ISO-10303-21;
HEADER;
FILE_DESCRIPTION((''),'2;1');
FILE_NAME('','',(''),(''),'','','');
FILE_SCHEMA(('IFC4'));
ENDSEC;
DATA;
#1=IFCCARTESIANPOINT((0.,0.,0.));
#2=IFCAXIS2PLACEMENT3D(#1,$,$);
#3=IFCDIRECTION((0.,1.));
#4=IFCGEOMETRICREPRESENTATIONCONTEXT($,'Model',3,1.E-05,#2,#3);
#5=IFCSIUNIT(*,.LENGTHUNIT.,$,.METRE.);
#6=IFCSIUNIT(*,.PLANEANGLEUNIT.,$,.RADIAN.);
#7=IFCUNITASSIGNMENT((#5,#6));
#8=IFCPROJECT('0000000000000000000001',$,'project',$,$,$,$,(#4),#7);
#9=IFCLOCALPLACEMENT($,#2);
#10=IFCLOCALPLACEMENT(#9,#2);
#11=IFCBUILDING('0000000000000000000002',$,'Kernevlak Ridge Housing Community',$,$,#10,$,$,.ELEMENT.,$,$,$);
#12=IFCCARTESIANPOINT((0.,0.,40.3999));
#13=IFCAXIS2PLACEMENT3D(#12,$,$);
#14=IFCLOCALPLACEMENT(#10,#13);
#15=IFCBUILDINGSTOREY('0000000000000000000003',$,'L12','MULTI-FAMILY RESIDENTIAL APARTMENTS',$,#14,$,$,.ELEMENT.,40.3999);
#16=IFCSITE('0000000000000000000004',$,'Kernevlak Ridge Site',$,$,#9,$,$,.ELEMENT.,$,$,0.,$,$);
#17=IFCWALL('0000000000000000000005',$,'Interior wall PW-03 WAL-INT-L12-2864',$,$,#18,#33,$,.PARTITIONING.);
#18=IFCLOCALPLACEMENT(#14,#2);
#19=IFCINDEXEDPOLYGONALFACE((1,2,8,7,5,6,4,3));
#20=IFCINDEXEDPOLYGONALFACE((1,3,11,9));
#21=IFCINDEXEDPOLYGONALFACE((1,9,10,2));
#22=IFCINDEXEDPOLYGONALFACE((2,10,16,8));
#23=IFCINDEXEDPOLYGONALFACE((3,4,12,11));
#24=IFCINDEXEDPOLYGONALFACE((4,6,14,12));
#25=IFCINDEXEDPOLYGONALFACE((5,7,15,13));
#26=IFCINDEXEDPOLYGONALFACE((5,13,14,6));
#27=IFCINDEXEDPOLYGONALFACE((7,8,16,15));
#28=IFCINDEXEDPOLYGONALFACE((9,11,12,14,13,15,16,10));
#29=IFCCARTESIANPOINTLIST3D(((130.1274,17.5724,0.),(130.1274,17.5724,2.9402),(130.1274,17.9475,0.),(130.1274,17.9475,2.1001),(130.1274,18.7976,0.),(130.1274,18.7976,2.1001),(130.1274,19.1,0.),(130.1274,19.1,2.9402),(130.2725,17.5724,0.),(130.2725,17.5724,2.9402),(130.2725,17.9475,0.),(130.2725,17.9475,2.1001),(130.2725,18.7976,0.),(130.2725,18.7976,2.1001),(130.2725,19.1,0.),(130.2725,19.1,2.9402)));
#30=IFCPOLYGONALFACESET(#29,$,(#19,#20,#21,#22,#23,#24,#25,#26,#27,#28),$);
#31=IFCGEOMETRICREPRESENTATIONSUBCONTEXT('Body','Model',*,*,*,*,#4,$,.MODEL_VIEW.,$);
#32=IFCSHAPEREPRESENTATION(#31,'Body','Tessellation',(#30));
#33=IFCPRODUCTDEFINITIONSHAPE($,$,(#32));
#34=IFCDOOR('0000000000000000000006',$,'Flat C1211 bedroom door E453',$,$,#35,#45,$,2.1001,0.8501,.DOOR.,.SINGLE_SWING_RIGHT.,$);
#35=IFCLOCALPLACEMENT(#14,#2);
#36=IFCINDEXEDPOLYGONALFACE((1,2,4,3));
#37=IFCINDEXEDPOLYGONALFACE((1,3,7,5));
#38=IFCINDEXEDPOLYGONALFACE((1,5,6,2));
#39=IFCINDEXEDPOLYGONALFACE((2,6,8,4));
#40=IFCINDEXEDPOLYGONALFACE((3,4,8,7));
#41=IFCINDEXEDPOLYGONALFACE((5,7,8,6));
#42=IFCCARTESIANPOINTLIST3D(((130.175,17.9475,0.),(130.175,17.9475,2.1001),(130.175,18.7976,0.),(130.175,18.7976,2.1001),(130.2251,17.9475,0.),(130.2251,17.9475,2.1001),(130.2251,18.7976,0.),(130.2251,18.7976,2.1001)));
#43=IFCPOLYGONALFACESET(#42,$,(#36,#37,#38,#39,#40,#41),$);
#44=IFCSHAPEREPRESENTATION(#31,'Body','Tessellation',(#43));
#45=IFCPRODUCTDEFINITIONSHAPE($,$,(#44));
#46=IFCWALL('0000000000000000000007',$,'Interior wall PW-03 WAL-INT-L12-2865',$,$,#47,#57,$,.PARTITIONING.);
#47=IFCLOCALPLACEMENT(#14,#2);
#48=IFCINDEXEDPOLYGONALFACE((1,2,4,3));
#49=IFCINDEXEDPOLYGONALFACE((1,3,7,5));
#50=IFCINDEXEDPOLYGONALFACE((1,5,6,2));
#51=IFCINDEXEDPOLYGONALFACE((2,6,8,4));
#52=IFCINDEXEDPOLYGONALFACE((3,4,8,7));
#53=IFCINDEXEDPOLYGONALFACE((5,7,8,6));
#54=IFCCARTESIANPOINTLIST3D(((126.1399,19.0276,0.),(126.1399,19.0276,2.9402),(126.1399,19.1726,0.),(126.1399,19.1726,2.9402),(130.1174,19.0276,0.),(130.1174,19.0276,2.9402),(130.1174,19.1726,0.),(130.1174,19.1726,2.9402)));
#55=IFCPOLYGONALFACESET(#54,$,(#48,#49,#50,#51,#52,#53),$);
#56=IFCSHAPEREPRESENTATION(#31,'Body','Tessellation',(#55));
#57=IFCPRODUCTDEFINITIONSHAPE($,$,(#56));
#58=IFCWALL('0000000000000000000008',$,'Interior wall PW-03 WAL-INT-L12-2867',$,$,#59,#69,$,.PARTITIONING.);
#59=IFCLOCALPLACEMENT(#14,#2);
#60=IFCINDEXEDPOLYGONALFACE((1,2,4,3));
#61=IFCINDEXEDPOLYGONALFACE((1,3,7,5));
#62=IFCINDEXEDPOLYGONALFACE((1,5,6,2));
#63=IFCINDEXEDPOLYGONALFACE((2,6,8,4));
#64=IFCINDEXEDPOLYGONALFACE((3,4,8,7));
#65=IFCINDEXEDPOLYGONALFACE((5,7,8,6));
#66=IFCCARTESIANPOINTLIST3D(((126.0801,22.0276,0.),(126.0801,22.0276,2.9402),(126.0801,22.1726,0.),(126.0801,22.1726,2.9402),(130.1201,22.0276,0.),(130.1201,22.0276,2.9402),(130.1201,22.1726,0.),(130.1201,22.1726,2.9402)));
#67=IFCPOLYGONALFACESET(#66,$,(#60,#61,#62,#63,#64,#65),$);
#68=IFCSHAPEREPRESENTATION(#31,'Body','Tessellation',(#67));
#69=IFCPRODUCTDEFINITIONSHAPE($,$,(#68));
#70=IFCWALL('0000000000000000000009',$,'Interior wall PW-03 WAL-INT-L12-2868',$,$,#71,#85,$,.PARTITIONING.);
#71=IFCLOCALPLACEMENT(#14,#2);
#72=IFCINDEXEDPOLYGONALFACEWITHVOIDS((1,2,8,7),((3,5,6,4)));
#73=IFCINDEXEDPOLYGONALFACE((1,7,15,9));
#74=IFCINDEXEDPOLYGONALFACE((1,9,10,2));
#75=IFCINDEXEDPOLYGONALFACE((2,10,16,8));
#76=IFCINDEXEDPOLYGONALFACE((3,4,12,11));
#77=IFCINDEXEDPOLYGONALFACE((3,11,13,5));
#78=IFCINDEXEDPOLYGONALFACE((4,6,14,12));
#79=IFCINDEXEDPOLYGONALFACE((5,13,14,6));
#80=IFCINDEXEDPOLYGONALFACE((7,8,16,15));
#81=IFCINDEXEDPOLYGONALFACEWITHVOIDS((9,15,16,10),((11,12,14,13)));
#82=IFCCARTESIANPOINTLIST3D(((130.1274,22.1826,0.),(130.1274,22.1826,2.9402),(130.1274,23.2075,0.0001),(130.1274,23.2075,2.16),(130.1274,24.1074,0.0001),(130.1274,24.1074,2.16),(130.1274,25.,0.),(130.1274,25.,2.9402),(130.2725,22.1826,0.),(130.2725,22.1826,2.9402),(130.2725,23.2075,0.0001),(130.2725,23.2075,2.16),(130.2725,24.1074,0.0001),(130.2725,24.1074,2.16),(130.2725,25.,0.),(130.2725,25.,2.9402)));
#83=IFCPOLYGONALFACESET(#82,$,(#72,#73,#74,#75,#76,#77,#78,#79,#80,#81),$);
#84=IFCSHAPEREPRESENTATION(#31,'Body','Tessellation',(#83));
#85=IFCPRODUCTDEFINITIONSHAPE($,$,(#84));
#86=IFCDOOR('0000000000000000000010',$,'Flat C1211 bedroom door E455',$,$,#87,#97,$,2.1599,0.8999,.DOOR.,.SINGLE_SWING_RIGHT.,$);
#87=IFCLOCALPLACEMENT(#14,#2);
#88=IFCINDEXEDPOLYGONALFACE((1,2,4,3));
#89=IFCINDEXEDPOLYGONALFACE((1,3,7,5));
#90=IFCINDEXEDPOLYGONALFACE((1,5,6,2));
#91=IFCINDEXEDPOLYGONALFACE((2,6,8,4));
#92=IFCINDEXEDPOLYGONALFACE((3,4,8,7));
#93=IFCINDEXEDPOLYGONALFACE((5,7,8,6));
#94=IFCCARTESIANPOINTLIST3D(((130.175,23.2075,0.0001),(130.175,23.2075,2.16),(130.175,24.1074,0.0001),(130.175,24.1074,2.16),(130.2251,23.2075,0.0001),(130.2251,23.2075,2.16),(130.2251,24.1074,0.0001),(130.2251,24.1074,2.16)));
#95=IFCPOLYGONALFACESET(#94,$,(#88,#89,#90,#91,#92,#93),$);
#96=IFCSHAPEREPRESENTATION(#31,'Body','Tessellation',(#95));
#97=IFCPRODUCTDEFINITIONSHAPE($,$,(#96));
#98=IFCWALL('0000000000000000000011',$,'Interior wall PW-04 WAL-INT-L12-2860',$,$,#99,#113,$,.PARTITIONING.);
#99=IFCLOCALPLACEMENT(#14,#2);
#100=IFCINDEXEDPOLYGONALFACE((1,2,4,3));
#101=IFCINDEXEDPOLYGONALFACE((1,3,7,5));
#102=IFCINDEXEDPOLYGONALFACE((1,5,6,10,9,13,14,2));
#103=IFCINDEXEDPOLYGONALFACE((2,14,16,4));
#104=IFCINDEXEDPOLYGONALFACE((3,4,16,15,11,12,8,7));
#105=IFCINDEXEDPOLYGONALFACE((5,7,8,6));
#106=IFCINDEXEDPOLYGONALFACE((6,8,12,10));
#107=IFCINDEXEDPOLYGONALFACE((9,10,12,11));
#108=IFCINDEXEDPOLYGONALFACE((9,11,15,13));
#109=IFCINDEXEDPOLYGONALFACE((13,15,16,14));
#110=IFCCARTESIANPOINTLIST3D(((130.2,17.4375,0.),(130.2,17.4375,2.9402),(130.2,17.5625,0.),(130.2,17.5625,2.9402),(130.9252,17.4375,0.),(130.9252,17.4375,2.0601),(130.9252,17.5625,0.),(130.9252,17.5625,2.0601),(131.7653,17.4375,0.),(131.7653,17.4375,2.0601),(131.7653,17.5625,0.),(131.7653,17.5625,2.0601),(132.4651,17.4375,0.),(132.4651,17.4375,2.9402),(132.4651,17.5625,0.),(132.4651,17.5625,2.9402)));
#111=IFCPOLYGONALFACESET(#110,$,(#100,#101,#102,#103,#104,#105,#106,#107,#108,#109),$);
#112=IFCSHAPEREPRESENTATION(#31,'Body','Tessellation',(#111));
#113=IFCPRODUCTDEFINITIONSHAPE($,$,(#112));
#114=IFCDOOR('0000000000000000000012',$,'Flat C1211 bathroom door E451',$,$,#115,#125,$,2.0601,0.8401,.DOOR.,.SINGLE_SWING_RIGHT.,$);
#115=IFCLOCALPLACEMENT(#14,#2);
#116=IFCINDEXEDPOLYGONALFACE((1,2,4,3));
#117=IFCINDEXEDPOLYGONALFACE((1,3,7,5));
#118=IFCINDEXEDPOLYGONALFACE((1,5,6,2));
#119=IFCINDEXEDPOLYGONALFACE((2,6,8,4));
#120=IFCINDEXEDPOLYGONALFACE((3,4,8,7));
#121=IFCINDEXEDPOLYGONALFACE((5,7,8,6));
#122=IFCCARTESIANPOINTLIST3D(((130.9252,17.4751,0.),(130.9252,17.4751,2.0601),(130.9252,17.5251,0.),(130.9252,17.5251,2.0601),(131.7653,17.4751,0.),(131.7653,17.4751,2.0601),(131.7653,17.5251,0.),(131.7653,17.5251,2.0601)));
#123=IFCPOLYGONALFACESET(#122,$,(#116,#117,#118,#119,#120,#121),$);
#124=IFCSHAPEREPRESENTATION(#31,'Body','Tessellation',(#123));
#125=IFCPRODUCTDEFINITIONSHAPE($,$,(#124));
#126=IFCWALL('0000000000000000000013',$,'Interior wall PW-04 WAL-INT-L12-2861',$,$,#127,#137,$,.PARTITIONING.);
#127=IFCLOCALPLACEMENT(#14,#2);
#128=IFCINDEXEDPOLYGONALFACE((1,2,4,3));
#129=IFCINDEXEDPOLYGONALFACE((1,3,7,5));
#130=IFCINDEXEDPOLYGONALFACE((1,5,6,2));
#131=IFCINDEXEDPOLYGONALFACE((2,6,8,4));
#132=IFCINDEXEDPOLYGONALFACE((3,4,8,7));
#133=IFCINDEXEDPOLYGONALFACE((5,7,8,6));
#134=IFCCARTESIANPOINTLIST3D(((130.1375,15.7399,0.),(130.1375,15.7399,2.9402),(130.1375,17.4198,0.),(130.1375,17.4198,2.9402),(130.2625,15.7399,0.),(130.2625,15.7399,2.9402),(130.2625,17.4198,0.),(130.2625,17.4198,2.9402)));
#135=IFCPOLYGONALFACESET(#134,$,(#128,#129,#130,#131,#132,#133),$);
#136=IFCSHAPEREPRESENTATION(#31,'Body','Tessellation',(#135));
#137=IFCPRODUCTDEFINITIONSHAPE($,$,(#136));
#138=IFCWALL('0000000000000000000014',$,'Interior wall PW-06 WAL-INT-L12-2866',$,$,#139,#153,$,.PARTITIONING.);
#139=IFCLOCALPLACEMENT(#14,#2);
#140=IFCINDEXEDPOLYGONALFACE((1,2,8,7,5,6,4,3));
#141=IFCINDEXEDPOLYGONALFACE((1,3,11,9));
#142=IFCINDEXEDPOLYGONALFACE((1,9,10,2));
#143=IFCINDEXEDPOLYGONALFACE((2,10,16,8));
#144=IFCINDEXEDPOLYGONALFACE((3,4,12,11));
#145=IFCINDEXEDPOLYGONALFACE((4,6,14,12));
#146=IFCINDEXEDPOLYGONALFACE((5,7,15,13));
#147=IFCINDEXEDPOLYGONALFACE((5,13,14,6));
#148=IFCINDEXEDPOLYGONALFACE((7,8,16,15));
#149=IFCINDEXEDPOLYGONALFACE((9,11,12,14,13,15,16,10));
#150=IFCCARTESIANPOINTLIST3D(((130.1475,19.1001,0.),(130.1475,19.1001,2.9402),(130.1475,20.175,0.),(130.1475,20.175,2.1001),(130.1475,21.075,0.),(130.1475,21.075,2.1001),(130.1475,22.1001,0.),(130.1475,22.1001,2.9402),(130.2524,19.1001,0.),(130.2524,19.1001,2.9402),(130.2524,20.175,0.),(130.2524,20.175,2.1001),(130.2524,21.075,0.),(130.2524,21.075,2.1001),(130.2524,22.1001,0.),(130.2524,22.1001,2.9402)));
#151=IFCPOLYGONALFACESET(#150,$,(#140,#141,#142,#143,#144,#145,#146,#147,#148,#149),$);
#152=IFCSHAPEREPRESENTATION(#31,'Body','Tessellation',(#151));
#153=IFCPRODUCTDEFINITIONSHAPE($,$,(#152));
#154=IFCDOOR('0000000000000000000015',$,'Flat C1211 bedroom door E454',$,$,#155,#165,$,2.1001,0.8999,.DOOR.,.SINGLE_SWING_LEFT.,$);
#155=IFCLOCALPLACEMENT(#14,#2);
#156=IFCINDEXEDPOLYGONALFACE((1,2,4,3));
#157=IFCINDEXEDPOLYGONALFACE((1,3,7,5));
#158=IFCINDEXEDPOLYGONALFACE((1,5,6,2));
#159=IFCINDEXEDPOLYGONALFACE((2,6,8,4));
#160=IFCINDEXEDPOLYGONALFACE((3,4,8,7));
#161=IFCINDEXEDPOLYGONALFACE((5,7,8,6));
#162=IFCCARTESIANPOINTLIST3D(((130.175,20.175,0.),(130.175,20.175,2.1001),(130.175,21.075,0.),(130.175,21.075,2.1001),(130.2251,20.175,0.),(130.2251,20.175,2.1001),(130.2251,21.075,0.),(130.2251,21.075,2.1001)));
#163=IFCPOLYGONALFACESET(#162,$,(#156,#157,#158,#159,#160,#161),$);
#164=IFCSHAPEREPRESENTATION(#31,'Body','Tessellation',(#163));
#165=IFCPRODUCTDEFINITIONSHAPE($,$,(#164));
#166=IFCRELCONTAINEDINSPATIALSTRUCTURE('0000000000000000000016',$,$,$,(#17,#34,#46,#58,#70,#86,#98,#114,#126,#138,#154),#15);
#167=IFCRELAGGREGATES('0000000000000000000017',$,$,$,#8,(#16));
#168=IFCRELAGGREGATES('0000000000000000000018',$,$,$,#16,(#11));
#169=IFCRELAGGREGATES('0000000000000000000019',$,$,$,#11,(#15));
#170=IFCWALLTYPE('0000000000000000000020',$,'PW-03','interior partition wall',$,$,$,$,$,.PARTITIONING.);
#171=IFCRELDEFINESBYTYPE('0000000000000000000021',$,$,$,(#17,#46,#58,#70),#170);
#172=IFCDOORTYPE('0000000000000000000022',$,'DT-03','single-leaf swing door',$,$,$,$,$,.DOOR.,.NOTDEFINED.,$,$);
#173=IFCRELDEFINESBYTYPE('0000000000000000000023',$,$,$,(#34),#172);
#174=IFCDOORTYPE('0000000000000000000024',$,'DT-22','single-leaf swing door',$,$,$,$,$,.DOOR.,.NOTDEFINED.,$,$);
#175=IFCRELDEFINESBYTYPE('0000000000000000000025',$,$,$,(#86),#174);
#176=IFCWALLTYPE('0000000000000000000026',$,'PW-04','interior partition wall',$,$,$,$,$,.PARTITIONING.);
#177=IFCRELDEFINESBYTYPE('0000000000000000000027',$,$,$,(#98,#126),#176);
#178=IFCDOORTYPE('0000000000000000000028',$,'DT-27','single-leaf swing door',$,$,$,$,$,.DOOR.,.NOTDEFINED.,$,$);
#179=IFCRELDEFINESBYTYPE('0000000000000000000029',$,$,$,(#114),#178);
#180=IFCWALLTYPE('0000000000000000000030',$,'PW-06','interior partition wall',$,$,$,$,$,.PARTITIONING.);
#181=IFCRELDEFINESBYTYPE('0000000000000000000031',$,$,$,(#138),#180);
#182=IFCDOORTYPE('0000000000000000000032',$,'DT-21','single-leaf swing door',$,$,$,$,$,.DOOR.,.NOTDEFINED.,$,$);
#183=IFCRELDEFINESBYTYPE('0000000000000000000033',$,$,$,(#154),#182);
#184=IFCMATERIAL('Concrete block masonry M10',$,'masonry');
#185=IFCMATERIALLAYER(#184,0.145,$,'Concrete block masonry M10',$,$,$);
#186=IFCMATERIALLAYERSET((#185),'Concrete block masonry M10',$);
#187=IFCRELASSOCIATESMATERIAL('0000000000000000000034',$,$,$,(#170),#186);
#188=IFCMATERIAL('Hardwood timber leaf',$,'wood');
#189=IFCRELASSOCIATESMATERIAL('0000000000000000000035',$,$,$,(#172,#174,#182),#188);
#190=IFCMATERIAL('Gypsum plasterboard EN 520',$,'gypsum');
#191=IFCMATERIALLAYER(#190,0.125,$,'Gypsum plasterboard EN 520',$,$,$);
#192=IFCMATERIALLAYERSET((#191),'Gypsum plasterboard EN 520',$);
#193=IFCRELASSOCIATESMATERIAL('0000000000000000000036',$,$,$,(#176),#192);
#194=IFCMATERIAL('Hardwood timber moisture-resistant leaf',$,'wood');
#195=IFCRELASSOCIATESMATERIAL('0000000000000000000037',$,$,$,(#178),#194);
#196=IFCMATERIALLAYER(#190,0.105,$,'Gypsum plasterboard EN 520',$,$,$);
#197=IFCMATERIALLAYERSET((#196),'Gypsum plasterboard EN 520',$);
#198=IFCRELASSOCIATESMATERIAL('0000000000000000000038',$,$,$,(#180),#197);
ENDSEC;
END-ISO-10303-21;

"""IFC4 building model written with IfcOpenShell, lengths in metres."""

from ifc_helpers import new_model, si_unit, direction, frame, frame_2d, origin, place, context, subcontext, project, spatial, rectangle, extrude, material, layer, layer_set, type_object, element, fill, save


model = new_model("IFC4")

# Units and contexts
model_context = context("Model", 3, precision=1e-05, world=origin(), true_north=direction((0.0, 1.0)))
body_context = subcontext(model_context, "Body", "Model", "MODEL_VIEW")
ifc_project = project(units=[si_unit("LENGTHUNIT", "METRE"), si_unit("PLANEANGLEUNIT", "RADIAN")], contexts=[model_context])

# Site, building, storey
site_placement = place(None, origin())
site = spatial("IfcSite", under=ifc_project, at=site_placement, Name="Kernevlak Ridge Site", CompositionType="ELEMENT", RefElevation=0.0)
building_placement = place(site_placement, origin())
building = spatial("IfcBuilding", under=site, at=building_placement, Name="Kernevlak Ridge Housing Community", CompositionType="ELEMENT")
storey_placement = place(building_placement, frame((0.0, 0.0, 40.3999)))
storey = spatial("IfcBuildingStorey", under=building, at=storey_placement, Name="L12", Description="MULTI-FAMILY RESIDENTIAL APARTMENTS", CompositionType="ELEMENT", Elevation=40.3999)

# Shared definitions
ifc_material_1 = material(Name="Concrete block masonry M10", Category="masonry")

# Wall, opening, door
ifc_layer_1 = layer(ifc_material_1, 0.145, Name="Concrete block masonry M10")
ifc_layer_set_1 = layer_set([ifc_layer_1], Name="Concrete block masonry M10")
wall_type_1 = type_object("IfcWallType", Name="PW-03", Description="interior partition wall", PredefinedType="PARTITIONING", material=ifc_layer_set_1)
wall_1_placement = place(storey_placement, frame((130.2, 17.5725, 0.0), z_axis=(0.0, 0.0, 1.0), x_axis=(0.0, 1.0, 0.0)))
wall_1 = element("IfcWall", 1, at=wall_1_placement, inside=storey, type_object=wall_type_1, Name="Interior wall PW-03 WAL-INT-L12-2864", PredefinedType="PARTITIONING", context=body_context, shape_type="SweptSolid", body=[
    extrude(rectangle(XDim=1.5276, YDim=0.145, at=frame_2d((0.7637, 0.0))), origin(), (0.0, 0.0, 1.0), 2.9402),
])
opening_1_placement = place(wall_1_placement, frame((0.375, 0.0, 0.0)))
opening_1 = element("IfcOpeningElement", 2, at=opening_1_placement, cuts=wall_1, PredefinedType="OPENING", context=body_context, shape_type="SweptSolid", body=[
    extrude(rectangle(XDim=0.8501, YDim=2.1001, at=frame_2d((0.425, 1.05))), frame((0.0, 0.0825, 0.0), z_axis=(0.0, -1.0, 0.0), x_axis=(1.0, 0.0, 0.0)), (0.0, 0.0, 1.0), 0.165),
])
ifc_material_2 = material(Name="Hardwood timber leaf", Category="wood")
door_type_1 = type_object("IfcDoorType", Name="DT-03", Description="single-leaf swing door", OperationType="NOTDEFINED", PredefinedType="DOOR", material=ifc_material_2)
door_1_placement = place(opening_1_placement, origin())
door_1 = element("IfcDoor", 3, at=door_1_placement, inside=storey, type_object=door_type_1, Name="Flat C1211 bedroom door E453", OperationType="SINGLE_SWING_RIGHT", OverallHeight=2.1001, OverallWidth=0.8501, PredefinedType="DOOR", context=body_context, shape_type="SweptSolid", body=[
    extrude(rectangle(XDim=0.8501, YDim=2.1001, at=frame_2d((0.425, 1.05))), frame((0.0, 0.0249, 0.0), z_axis=(0.0, -1.0, 0.0), x_axis=(1.0, 0.0, 0.0)), (0.0, 0.0, 1.0), 0.05),
])
fill(opening_1, door_1)

# Walls
wall_2_placement = place(storey_placement, frame((130.1174, 19.1001, 0.0), z_axis=(0.0, 0.0, 1.0), x_axis=(-1.0, 0.0, 0.0)))
element("IfcWall", 4, at=wall_2_placement, inside=storey, type_object=wall_type_1, Name="Interior wall PW-03 WAL-INT-L12-2865", PredefinedType="PARTITIONING", context=body_context, shape_type="SweptSolid", body=[
    extrude(rectangle(XDim=3.9775, YDim=0.145, at=frame_2d((1.9888, 0.0))), origin(), (0.0, 0.0, 1.0), 2.9402),
])
wall_3_placement = place(storey_placement, frame((130.1201, 22.1001, 0.0), z_axis=(0.0, 0.0, 1.0), x_axis=(-1.0, 0.0, 0.0)))
element("IfcWall", 5, at=wall_3_placement, inside=storey, type_object=wall_type_1, Name="Interior wall PW-03 WAL-INT-L12-2867", PredefinedType="PARTITIONING", context=body_context, shape_type="SweptSolid", body=[
    extrude(rectangle(XDim=4.04, YDim=0.145, at=frame_2d((2.02, 0.0))), origin(), (0.0, 0.0, 1.0), 2.9402),
])

# Walls, openings, doors
wall_4_placement = place(storey_placement, frame((130.2, 22.1826, 0.0), z_axis=(0.0, 0.0, 1.0), x_axis=(0.0, 1.0, 0.0)))
wall_4 = element("IfcWall", 6, at=wall_4_placement, inside=storey, type_object=wall_type_1, Name="Interior wall PW-03 WAL-INT-L12-2868", PredefinedType="PARTITIONING", context=body_context, shape_type="SweptSolid", body=[
    extrude(rectangle(XDim=2.8174, YDim=0.145, at=frame_2d((1.4087, 0.0))), origin(), (0.0, 0.0, 1.0), 2.9402),
])
opening_2_placement = place(wall_4_placement, frame((1.0249, 0.0, 0.0)))
opening_2 = element("IfcOpeningElement", 7, at=opening_2_placement, cuts=wall_4, PredefinedType="OPENING", context=body_context, shape_type="SweptSolid", body=[
    extrude(rectangle(XDim=0.8999, YDim=2.1599, at=frame_2d((0.45, 1.0801))), frame((0.0, 0.0825, 0.0), z_axis=(0.0, -1.0, 0.0), x_axis=(1.0, 0.0, 0.0)), (0.0, 0.0, 1.0), 0.165),
])
door_type_2 = type_object("IfcDoorType", Name="DT-22", Description="single-leaf swing door", OperationType="NOTDEFINED", PredefinedType="DOOR", material=ifc_material_2)
door_2_placement = place(opening_2_placement, origin())
door_2 = element("IfcDoor", 8, at=door_2_placement, inside=storey, type_object=door_type_2, Name="Flat C1211 bedroom door E455", OperationType="SINGLE_SWING_RIGHT", OverallHeight=2.1599, OverallWidth=0.8999, PredefinedType="DOOR", context=body_context, shape_type="SweptSolid", body=[
    extrude(rectangle(XDim=0.8999, YDim=2.1599, at=frame_2d((0.45, 1.0801))), frame((0.0, 0.0249, 0.0), z_axis=(0.0, -1.0, 0.0), x_axis=(1.0, 0.0, 0.0)), (0.0, 0.0, 1.0), 0.05),
])
fill(opening_2, door_2)
ifc_material_3 = material(Name="Gypsum plasterboard EN 520", Category="gypsum")
ifc_layer_2 = layer(ifc_material_3, 0.125, Name="Gypsum plasterboard EN 520")
ifc_layer_set_2 = layer_set([ifc_layer_2], Name="Gypsum plasterboard EN 520")
wall_type_2 = type_object("IfcWallType", Name="PW-04", Description="interior partition wall", PredefinedType="PARTITIONING", material=ifc_layer_set_2)
wall_5_placement = place(storey_placement, frame((132.4651, 17.5, 0.0), z_axis=(0.0, 0.0, 1.0), x_axis=(-1.0, 0.0, 0.0)))
wall_5 = element("IfcWall", 9, at=wall_5_placement, inside=storey, type_object=wall_type_2, Name="Interior wall PW-04 WAL-INT-L12-2860", PredefinedType="PARTITIONING", context=body_context, shape_type="SweptSolid", body=[
    extrude(rectangle(XDim=2.2651, YDim=0.125, at=frame_2d((1.1326, 0.0))), origin(), (0.0, 0.0, 1.0), 2.9402),
])
opening_3_placement = place(wall_5_placement, frame((0.7, 0.0, 0.0)))
opening_3 = element("IfcOpeningElement", 10, at=opening_3_placement, cuts=wall_5, PredefinedType="OPENING", context=body_context, shape_type="SweptSolid", body=[
    extrude(rectangle(XDim=0.8401, YDim=2.0601, at=frame_2d((0.4199, 1.03))), frame((0.0, 0.0725, 0.0), z_axis=(0.0, -1.0, 0.0), x_axis=(1.0, 0.0, 0.0)), (0.0, 0.0, 1.0), 0.145),
])
ifc_material_4 = material(Name="Hardwood timber moisture-resistant leaf", Category="wood")
door_type_3 = type_object("IfcDoorType", Name="DT-27", Description="single-leaf swing door", OperationType="NOTDEFINED", PredefinedType="DOOR", material=ifc_material_4)
door_3_placement = place(opening_3_placement, origin())
door_3 = element("IfcDoor", 11, at=door_3_placement, inside=storey, type_object=door_type_3, Name="Flat C1211 bathroom door E451", OperationType="SINGLE_SWING_RIGHT", OverallHeight=2.0601, OverallWidth=0.8401, PredefinedType="DOOR", context=body_context, shape_type="SweptSolid", body=[
    extrude(rectangle(XDim=0.8401, YDim=2.0601, at=frame_2d((0.4199, 1.03))), frame((0.0, 0.0249, 0.0), z_axis=(0.0, -1.0, 0.0), x_axis=(1.0, 0.0, 0.0)), (0.0, 0.0, 1.0), 0.05),
])
fill(opening_3, door_3)

# Wall
wall_6_placement = place(storey_placement, frame((130.2, 15.74, 0.0), z_axis=(0.0, 0.0, 1.0), x_axis=(0.0, 1.0, 0.0)))
element("IfcWall", 12, at=wall_6_placement, inside=storey, type_object=wall_type_2, Name="Interior wall PW-04 WAL-INT-L12-2861", PredefinedType="PARTITIONING", context=body_context, shape_type="SweptSolid", body=[
    extrude(rectangle(XDim=1.6799, YDim=0.125, at=frame_2d((0.8398, 0.0))), origin(), (0.0, 0.0, 1.0), 2.9402),
])

# Wall, opening, door
ifc_layer_3 = layer(ifc_material_3, 0.105, Name="Gypsum plasterboard EN 520")
ifc_layer_set_3 = layer_set([ifc_layer_3], Name="Gypsum plasterboard EN 520")
wall_type_3 = type_object("IfcWallType", Name="PW-06", Description="interior partition wall", PredefinedType="PARTITIONING", material=ifc_layer_set_3)
wall_7_placement = place(storey_placement, frame((130.2, 19.1001, 0.0), z_axis=(0.0, 0.0, 1.0), x_axis=(0.0, 1.0, 0.0)))
wall_7 = element("IfcWall", 13, at=wall_7_placement, inside=storey, type_object=wall_type_3, Name="Interior wall PW-06 WAL-INT-L12-2866", PredefinedType="PARTITIONING", context=body_context, shape_type="SweptSolid", body=[
    extrude(rectangle(XDim=3.0, YDim=0.105, at=frame_2d((1.5, 0.0))), origin(), (0.0, 0.0, 1.0), 2.9402),
])
opening_4_placement = place(wall_7_placement, frame((1.075, 0.0, 0.0)))
opening_4 = element("IfcOpeningElement", 14, at=opening_4_placement, cuts=wall_7, PredefinedType="OPENING", context=body_context, shape_type="SweptSolid", body=[
    extrude(rectangle(XDim=0.8999, YDim=2.1001, at=frame_2d((0.45, 1.05))), frame((0.0, 0.0625, 0.0), z_axis=(0.0, -1.0, 0.0), x_axis=(1.0, 0.0, 0.0)), (0.0, 0.0, 1.0), 0.125),
])
door_type_4 = type_object("IfcDoorType", Name="DT-21", Description="single-leaf swing door", OperationType="NOTDEFINED", PredefinedType="DOOR", material=ifc_material_2)
door_4_placement = place(opening_4_placement, origin())
door_4 = element("IfcDoor", 15, at=door_4_placement, inside=storey, type_object=door_type_4, Name="Flat C1211 bedroom door E454", OperationType="SINGLE_SWING_LEFT", OverallHeight=2.1001, OverallWidth=0.8999, PredefinedType="DOOR", context=body_context, shape_type="SweptSolid", body=[
    extrude(rectangle(XDim=0.8999, YDim=2.1001, at=frame_2d((0.45, 1.05))), frame((0.0, 0.0249, 0.0), z_axis=(0.0, -1.0, 0.0), x_axis=(1.0, 0.0, 0.0)), (0.0, 0.0, 1.0), 0.05),
])
fill(opening_4, door_4)

save(model, "model.ifc")
